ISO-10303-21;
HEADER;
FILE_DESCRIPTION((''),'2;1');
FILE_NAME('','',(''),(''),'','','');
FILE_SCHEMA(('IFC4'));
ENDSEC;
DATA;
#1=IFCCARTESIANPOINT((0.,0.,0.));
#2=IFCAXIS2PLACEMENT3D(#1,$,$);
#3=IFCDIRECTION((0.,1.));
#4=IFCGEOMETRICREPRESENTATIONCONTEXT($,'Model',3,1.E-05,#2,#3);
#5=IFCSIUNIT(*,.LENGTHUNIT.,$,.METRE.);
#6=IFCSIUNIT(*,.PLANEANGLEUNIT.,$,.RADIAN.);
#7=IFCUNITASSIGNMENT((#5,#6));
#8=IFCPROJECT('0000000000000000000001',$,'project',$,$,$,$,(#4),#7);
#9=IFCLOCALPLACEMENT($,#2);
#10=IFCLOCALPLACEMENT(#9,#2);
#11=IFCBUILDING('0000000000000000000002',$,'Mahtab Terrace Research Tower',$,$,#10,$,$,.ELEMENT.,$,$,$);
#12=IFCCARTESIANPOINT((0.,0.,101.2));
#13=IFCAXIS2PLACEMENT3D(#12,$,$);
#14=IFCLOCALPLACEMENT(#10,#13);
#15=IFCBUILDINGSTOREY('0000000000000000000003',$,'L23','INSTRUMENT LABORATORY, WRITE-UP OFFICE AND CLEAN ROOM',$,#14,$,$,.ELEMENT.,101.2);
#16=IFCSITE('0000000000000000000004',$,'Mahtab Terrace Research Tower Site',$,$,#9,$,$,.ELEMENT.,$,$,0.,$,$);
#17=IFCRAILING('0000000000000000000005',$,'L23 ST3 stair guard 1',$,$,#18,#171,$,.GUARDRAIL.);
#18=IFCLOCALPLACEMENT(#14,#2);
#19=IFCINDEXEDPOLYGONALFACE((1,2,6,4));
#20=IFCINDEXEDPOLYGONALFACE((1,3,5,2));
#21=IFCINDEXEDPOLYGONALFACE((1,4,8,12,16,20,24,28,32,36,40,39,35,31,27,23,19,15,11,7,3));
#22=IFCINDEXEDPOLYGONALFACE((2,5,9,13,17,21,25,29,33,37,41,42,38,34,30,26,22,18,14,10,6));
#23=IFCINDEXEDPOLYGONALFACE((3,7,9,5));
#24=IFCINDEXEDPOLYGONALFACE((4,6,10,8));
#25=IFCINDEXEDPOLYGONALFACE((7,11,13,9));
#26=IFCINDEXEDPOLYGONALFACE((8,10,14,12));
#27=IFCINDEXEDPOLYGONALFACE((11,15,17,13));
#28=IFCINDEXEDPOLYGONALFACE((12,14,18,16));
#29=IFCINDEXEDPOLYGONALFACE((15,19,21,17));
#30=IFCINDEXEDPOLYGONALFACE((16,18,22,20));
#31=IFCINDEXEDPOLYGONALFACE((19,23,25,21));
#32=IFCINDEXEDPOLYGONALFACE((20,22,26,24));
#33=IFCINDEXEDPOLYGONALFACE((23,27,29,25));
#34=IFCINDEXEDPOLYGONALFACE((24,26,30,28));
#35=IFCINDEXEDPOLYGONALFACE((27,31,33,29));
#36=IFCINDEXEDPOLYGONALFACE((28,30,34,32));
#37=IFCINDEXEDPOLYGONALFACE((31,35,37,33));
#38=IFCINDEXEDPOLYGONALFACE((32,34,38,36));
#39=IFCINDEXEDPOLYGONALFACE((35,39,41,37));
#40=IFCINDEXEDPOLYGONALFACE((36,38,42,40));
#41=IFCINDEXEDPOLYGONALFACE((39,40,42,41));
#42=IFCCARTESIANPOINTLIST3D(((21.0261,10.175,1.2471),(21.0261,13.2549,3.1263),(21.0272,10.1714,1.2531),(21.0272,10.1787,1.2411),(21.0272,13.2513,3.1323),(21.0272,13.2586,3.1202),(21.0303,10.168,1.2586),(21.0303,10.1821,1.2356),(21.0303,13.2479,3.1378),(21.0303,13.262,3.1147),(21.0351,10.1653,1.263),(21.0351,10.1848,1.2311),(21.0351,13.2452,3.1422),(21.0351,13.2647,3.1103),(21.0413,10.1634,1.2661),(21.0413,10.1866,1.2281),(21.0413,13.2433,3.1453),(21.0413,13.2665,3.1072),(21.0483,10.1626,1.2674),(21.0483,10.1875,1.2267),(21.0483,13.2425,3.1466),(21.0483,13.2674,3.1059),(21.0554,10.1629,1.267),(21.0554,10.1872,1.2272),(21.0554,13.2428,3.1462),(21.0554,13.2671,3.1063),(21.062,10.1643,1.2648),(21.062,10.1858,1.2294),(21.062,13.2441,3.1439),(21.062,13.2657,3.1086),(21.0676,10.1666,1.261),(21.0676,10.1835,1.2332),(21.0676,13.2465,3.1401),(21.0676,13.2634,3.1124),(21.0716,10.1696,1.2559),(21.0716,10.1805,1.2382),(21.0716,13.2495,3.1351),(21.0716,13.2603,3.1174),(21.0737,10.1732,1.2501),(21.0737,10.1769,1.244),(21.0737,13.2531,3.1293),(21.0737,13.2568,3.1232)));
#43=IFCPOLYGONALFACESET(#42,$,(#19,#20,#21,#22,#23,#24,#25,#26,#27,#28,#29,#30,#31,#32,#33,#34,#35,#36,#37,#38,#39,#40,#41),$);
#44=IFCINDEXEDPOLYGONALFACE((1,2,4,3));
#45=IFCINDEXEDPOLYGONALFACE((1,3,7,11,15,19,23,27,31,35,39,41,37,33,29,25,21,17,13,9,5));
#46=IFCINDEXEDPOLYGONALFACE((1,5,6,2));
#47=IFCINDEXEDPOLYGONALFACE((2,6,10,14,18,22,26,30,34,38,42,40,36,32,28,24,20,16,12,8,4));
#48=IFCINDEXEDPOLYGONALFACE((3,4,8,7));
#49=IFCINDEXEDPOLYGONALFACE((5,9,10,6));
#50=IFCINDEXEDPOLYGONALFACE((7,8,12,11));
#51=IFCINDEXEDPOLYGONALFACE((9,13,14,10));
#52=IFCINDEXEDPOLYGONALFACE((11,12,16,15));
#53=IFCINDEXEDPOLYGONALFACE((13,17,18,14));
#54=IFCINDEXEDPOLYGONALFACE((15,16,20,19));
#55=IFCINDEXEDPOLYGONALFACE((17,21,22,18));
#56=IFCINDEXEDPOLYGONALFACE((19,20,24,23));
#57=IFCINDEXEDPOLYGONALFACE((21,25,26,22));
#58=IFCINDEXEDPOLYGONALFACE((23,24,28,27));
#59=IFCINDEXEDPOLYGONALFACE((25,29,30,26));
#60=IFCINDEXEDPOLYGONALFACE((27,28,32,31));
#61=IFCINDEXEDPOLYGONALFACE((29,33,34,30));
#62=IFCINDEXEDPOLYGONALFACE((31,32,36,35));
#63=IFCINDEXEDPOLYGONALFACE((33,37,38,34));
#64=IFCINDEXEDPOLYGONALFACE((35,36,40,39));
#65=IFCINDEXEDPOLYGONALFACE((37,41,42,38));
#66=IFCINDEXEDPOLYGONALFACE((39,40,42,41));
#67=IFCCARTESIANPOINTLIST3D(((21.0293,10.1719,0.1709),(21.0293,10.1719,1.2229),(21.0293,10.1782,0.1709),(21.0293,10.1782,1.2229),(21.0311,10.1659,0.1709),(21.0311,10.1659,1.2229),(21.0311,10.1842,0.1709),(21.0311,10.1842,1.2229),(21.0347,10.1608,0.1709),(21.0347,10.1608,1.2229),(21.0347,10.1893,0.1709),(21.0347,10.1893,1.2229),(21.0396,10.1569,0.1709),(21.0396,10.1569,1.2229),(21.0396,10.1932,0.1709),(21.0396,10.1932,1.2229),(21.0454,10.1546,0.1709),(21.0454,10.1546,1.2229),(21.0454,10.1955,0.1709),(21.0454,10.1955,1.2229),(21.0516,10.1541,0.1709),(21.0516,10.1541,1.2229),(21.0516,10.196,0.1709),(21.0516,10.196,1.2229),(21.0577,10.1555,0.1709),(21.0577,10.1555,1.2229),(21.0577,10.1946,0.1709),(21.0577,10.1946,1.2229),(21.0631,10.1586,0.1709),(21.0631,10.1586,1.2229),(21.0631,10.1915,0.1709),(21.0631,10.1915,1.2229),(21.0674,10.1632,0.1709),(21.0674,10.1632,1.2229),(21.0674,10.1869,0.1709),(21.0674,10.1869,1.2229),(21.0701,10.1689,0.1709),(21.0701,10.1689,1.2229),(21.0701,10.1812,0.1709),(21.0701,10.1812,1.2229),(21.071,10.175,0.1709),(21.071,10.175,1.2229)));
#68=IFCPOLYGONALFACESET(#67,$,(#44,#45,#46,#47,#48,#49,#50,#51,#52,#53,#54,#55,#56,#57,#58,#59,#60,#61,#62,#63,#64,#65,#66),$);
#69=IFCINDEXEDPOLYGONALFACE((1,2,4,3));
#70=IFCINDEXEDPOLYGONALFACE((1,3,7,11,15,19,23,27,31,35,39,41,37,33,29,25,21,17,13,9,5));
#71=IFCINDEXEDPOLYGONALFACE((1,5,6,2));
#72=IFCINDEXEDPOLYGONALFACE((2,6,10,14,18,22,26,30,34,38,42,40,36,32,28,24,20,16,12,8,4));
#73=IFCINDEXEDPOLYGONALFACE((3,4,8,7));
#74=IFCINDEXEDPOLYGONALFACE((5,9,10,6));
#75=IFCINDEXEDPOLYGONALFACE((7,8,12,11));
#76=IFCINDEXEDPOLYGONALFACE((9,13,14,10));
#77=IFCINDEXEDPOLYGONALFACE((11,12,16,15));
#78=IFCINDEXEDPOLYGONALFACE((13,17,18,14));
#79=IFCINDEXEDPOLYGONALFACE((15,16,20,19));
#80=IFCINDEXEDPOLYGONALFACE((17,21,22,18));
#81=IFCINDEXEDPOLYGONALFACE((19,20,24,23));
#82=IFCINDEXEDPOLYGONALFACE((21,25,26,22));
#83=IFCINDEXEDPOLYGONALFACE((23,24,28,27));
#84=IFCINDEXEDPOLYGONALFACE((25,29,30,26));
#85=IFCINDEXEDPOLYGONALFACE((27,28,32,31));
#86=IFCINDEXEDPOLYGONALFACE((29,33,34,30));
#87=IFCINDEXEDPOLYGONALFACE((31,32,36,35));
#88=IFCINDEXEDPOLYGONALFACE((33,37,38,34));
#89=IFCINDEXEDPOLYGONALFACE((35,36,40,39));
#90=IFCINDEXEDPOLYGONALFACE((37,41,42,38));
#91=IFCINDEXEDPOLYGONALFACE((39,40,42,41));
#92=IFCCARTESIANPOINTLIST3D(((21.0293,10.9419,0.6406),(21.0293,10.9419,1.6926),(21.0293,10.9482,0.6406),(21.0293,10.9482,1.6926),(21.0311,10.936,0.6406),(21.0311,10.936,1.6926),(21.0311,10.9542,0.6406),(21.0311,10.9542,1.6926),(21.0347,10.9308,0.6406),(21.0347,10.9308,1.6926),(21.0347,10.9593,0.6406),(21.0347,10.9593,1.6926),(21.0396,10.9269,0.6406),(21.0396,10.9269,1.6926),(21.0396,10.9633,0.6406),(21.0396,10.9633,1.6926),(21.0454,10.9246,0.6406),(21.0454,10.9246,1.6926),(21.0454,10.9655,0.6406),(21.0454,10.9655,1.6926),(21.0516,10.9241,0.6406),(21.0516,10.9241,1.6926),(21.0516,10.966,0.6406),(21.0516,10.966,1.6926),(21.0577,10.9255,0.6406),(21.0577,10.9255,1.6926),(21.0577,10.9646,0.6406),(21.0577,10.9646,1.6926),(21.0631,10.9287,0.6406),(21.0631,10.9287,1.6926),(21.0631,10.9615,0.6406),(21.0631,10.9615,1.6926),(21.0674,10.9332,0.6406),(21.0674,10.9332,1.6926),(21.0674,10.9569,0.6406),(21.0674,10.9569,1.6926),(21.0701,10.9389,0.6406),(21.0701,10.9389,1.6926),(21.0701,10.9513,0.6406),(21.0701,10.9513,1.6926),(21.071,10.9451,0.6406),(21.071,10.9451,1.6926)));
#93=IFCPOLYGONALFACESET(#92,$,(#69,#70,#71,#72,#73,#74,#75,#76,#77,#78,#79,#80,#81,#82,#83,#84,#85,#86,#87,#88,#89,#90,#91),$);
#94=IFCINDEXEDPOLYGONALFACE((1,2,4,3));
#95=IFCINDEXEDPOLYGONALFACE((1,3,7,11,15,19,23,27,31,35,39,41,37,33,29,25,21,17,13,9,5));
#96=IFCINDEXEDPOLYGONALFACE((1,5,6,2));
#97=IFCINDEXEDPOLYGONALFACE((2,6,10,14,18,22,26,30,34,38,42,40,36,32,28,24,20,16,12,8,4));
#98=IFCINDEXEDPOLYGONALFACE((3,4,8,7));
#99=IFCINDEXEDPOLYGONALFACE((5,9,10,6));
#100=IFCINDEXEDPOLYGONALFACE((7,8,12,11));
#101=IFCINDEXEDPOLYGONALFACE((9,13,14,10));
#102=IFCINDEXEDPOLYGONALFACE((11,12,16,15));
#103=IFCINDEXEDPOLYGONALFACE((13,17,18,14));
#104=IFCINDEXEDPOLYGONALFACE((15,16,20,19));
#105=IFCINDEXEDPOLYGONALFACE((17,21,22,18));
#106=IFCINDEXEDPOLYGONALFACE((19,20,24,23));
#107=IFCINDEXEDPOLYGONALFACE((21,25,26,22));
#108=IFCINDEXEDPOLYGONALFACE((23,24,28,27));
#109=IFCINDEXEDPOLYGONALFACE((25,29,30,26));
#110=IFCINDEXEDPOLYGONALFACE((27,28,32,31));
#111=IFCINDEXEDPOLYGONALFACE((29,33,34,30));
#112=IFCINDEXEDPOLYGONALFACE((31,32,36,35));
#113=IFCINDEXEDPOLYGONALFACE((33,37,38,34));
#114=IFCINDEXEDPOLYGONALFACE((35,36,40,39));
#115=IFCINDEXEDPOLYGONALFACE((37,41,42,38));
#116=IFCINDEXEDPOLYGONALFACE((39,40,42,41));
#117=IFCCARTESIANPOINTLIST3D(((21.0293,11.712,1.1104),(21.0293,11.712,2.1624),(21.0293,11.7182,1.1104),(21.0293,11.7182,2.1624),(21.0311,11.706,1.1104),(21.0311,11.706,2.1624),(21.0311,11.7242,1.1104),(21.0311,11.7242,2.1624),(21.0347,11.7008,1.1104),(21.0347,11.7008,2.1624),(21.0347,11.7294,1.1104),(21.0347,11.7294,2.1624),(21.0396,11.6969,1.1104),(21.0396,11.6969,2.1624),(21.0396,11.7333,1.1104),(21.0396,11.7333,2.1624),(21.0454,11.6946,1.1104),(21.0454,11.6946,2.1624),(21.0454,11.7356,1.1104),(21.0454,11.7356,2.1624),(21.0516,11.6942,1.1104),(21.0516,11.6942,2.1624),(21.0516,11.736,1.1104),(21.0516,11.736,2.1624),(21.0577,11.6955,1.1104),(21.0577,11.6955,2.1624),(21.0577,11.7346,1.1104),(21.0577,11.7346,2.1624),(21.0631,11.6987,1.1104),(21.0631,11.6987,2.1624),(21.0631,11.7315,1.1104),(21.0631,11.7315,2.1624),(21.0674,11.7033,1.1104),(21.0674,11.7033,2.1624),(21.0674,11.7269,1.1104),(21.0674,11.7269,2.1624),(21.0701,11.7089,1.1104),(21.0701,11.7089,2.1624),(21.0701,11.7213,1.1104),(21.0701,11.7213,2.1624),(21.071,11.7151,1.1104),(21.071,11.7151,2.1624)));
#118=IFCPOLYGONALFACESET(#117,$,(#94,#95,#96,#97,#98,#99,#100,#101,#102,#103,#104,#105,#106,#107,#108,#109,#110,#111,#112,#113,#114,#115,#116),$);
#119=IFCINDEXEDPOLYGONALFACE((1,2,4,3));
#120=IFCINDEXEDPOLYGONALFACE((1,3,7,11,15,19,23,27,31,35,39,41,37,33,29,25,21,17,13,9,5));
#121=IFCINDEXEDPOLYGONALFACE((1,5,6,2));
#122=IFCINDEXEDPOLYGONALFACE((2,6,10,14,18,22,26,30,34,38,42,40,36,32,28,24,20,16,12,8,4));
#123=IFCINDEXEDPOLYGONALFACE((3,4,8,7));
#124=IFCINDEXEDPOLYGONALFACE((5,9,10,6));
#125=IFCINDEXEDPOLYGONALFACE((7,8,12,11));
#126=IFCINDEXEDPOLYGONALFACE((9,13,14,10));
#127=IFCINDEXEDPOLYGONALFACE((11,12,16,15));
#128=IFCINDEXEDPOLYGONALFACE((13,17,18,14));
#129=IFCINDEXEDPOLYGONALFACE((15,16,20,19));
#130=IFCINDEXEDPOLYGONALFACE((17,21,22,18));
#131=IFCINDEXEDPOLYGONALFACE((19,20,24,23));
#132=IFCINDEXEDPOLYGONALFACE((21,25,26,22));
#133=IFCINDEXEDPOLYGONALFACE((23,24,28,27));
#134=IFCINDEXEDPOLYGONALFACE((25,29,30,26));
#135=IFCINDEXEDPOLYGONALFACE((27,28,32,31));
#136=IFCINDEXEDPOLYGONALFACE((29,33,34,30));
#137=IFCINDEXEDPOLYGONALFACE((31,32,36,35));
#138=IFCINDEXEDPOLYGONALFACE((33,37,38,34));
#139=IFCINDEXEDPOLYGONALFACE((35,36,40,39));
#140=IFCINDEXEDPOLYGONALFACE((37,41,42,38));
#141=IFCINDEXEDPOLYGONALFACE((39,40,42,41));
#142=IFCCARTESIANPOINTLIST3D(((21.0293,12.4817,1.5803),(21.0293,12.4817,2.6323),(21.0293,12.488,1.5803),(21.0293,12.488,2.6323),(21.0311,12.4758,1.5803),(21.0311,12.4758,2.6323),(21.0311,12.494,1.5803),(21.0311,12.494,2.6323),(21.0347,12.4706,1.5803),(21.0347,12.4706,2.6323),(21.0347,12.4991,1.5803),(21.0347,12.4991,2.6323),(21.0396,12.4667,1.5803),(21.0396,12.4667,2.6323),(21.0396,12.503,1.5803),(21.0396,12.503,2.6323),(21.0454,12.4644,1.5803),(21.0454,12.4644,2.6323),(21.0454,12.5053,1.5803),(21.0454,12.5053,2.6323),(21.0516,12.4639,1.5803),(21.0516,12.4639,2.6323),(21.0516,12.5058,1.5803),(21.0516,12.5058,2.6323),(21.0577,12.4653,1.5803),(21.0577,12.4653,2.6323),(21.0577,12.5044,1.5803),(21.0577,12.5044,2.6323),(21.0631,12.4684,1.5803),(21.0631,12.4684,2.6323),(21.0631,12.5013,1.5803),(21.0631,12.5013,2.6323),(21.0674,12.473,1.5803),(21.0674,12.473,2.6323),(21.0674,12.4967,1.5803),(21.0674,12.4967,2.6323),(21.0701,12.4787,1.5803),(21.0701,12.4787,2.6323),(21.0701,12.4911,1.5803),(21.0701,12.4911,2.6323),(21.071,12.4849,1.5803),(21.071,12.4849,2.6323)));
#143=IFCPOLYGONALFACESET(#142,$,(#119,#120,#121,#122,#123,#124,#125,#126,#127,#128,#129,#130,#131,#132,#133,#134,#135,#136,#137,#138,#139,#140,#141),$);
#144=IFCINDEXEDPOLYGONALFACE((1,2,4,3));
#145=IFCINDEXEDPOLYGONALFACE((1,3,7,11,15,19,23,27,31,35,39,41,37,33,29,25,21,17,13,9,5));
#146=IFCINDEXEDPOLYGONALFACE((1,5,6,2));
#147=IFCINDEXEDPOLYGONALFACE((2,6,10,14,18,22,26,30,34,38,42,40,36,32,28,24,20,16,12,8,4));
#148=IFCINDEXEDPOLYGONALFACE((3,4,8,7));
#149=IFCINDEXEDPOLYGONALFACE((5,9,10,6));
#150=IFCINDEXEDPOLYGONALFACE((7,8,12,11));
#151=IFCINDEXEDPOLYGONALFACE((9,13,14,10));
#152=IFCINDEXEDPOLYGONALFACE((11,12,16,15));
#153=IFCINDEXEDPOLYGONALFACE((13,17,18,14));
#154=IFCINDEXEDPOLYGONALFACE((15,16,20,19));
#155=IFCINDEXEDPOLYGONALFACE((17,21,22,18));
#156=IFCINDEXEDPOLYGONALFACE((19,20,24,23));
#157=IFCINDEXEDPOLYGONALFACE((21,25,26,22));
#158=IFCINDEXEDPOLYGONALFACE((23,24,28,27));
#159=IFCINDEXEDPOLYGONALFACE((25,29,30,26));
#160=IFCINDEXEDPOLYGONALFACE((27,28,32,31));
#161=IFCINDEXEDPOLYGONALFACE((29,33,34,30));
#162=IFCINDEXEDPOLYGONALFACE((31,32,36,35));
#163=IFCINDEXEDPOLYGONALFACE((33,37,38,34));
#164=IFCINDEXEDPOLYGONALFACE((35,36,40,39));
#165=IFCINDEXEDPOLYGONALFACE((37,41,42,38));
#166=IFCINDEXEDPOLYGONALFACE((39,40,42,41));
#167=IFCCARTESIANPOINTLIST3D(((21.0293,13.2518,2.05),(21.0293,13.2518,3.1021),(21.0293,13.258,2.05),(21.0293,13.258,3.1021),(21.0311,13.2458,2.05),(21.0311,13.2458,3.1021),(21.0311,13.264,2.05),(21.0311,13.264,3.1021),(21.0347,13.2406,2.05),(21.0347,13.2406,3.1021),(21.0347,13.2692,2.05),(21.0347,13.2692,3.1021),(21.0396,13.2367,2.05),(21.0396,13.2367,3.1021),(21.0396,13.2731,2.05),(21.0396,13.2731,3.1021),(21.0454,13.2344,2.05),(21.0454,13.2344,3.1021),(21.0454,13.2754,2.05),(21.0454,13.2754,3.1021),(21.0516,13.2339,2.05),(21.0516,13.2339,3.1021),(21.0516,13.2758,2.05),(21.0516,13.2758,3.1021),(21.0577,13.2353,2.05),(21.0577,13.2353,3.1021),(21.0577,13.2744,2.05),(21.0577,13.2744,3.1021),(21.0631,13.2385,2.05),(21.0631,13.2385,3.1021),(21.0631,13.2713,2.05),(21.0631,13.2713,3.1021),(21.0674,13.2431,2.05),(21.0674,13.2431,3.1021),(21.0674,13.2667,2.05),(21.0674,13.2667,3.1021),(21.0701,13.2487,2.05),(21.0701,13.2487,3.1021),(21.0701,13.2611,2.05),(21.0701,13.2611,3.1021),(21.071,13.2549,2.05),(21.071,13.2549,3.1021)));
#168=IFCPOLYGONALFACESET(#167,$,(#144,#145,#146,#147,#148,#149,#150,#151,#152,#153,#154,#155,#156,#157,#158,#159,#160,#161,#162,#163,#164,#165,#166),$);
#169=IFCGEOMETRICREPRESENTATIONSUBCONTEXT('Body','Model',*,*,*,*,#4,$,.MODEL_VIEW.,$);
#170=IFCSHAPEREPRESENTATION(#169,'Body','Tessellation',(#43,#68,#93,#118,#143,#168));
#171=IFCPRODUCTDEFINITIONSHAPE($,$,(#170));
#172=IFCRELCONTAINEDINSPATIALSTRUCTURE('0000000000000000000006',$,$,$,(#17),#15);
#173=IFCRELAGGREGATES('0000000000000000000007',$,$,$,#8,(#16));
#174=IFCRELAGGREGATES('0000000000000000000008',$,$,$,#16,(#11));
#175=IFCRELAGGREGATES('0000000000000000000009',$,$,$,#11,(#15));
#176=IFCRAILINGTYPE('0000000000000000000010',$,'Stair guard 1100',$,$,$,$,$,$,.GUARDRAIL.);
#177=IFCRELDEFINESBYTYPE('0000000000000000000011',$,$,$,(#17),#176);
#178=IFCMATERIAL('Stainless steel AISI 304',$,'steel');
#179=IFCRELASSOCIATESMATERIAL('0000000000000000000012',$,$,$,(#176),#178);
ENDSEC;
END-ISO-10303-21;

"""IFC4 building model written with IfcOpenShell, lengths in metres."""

from ifc_helpers import new_model, si_unit, direction, frame, origin, origin_2d, place, context, subcontext, project, spatial, circle, extrude, material, type_object, element, save


model = new_model("IFC4")

# Units and contexts
model_context = context("Model", 3, precision=1e-05, world=origin(), true_north=direction((0.0, 1.0)))
body_context = subcontext(model_context, "Body", "Model", "MODEL_VIEW")
ifc_project = project(units=[si_unit("LENGTHUNIT", "METRE"), si_unit("PLANEANGLEUNIT", "RADIAN")], contexts=[model_context])

# Site, building, storey
site_placement = place(None, origin())
site = spatial("IfcSite", under=ifc_project, at=site_placement, Name="Mahtab Terrace Research Tower Site", CompositionType="ELEMENT", RefElevation=0.0)
building_placement = place(site_placement, origin())
building = spatial("IfcBuilding", under=site, at=building_placement, Name="Mahtab Terrace Research Tower", CompositionType="ELEMENT")
storey_placement = place(building_placement, frame((0.0, 0.0, 101.2)))
storey = spatial("IfcBuildingStorey", under=building, at=storey_placement, Name="L23", Description="INSTRUMENT LABORATORY, WRITE-UP OFFICE AND CLEAN ROOM", CompositionType="ELEMENT", Elevation=101.2)

# Shared definitions
ifc_material_1 = material(Name="Stainless steel AISI 304", Category="steel")

# Railing
railing_type_1 = type_object("IfcRailingType", Name="Stair guard 1100", PredefinedType="GUARDRAIL", material=ifc_material_1)
railing_1_placement = place(storey_placement, frame((21.05, 10.175, 0.1709)))
element("IfcRailing", 1, at=railing_1_placement, inside=storey, type_object=railing_type_1, Name="L23 ST3 stair guard 1", PredefinedType="GUARDRAIL", context=body_context, shape_type="SweptSolid", body=[
    extrude(circle(Radius=0.0239, at=origin_2d()), frame((0.0, 0.0, 1.0762), z_axis=(0.0, 0.853648, 0.52085), x_axis=(-1.0, 0.0, 0.0)), (0.0, 0.0, 1.0), 3.6079),
    extrude(circle(Radius=0.021, at=origin_2d()), origin(), (0.0, 0.0, 1.0), 1.052),
    extrude(circle(Radius=0.021, at=origin_2d()), frame((0.0, 0.77, 0.4697)), (0.0, 0.0, 1.0), 1.052),
    extrude(circle(Radius=0.021, at=origin_2d()), frame((0.0, 1.54, 0.9395)), (0.0, 0.0, 1.0), 1.052),
    extrude(circle(Radius=0.021, at=origin_2d()), frame((0.0, 2.3098, 1.4094)), (0.0, 0.0, 1.0), 1.052),
    extrude(circle(Radius=0.021, at=origin_2d()), frame((0.0, 3.0798, 1.8792)), (0.0, 0.0, 1.0), 1.052),
])

save(model, "model.ifc")
